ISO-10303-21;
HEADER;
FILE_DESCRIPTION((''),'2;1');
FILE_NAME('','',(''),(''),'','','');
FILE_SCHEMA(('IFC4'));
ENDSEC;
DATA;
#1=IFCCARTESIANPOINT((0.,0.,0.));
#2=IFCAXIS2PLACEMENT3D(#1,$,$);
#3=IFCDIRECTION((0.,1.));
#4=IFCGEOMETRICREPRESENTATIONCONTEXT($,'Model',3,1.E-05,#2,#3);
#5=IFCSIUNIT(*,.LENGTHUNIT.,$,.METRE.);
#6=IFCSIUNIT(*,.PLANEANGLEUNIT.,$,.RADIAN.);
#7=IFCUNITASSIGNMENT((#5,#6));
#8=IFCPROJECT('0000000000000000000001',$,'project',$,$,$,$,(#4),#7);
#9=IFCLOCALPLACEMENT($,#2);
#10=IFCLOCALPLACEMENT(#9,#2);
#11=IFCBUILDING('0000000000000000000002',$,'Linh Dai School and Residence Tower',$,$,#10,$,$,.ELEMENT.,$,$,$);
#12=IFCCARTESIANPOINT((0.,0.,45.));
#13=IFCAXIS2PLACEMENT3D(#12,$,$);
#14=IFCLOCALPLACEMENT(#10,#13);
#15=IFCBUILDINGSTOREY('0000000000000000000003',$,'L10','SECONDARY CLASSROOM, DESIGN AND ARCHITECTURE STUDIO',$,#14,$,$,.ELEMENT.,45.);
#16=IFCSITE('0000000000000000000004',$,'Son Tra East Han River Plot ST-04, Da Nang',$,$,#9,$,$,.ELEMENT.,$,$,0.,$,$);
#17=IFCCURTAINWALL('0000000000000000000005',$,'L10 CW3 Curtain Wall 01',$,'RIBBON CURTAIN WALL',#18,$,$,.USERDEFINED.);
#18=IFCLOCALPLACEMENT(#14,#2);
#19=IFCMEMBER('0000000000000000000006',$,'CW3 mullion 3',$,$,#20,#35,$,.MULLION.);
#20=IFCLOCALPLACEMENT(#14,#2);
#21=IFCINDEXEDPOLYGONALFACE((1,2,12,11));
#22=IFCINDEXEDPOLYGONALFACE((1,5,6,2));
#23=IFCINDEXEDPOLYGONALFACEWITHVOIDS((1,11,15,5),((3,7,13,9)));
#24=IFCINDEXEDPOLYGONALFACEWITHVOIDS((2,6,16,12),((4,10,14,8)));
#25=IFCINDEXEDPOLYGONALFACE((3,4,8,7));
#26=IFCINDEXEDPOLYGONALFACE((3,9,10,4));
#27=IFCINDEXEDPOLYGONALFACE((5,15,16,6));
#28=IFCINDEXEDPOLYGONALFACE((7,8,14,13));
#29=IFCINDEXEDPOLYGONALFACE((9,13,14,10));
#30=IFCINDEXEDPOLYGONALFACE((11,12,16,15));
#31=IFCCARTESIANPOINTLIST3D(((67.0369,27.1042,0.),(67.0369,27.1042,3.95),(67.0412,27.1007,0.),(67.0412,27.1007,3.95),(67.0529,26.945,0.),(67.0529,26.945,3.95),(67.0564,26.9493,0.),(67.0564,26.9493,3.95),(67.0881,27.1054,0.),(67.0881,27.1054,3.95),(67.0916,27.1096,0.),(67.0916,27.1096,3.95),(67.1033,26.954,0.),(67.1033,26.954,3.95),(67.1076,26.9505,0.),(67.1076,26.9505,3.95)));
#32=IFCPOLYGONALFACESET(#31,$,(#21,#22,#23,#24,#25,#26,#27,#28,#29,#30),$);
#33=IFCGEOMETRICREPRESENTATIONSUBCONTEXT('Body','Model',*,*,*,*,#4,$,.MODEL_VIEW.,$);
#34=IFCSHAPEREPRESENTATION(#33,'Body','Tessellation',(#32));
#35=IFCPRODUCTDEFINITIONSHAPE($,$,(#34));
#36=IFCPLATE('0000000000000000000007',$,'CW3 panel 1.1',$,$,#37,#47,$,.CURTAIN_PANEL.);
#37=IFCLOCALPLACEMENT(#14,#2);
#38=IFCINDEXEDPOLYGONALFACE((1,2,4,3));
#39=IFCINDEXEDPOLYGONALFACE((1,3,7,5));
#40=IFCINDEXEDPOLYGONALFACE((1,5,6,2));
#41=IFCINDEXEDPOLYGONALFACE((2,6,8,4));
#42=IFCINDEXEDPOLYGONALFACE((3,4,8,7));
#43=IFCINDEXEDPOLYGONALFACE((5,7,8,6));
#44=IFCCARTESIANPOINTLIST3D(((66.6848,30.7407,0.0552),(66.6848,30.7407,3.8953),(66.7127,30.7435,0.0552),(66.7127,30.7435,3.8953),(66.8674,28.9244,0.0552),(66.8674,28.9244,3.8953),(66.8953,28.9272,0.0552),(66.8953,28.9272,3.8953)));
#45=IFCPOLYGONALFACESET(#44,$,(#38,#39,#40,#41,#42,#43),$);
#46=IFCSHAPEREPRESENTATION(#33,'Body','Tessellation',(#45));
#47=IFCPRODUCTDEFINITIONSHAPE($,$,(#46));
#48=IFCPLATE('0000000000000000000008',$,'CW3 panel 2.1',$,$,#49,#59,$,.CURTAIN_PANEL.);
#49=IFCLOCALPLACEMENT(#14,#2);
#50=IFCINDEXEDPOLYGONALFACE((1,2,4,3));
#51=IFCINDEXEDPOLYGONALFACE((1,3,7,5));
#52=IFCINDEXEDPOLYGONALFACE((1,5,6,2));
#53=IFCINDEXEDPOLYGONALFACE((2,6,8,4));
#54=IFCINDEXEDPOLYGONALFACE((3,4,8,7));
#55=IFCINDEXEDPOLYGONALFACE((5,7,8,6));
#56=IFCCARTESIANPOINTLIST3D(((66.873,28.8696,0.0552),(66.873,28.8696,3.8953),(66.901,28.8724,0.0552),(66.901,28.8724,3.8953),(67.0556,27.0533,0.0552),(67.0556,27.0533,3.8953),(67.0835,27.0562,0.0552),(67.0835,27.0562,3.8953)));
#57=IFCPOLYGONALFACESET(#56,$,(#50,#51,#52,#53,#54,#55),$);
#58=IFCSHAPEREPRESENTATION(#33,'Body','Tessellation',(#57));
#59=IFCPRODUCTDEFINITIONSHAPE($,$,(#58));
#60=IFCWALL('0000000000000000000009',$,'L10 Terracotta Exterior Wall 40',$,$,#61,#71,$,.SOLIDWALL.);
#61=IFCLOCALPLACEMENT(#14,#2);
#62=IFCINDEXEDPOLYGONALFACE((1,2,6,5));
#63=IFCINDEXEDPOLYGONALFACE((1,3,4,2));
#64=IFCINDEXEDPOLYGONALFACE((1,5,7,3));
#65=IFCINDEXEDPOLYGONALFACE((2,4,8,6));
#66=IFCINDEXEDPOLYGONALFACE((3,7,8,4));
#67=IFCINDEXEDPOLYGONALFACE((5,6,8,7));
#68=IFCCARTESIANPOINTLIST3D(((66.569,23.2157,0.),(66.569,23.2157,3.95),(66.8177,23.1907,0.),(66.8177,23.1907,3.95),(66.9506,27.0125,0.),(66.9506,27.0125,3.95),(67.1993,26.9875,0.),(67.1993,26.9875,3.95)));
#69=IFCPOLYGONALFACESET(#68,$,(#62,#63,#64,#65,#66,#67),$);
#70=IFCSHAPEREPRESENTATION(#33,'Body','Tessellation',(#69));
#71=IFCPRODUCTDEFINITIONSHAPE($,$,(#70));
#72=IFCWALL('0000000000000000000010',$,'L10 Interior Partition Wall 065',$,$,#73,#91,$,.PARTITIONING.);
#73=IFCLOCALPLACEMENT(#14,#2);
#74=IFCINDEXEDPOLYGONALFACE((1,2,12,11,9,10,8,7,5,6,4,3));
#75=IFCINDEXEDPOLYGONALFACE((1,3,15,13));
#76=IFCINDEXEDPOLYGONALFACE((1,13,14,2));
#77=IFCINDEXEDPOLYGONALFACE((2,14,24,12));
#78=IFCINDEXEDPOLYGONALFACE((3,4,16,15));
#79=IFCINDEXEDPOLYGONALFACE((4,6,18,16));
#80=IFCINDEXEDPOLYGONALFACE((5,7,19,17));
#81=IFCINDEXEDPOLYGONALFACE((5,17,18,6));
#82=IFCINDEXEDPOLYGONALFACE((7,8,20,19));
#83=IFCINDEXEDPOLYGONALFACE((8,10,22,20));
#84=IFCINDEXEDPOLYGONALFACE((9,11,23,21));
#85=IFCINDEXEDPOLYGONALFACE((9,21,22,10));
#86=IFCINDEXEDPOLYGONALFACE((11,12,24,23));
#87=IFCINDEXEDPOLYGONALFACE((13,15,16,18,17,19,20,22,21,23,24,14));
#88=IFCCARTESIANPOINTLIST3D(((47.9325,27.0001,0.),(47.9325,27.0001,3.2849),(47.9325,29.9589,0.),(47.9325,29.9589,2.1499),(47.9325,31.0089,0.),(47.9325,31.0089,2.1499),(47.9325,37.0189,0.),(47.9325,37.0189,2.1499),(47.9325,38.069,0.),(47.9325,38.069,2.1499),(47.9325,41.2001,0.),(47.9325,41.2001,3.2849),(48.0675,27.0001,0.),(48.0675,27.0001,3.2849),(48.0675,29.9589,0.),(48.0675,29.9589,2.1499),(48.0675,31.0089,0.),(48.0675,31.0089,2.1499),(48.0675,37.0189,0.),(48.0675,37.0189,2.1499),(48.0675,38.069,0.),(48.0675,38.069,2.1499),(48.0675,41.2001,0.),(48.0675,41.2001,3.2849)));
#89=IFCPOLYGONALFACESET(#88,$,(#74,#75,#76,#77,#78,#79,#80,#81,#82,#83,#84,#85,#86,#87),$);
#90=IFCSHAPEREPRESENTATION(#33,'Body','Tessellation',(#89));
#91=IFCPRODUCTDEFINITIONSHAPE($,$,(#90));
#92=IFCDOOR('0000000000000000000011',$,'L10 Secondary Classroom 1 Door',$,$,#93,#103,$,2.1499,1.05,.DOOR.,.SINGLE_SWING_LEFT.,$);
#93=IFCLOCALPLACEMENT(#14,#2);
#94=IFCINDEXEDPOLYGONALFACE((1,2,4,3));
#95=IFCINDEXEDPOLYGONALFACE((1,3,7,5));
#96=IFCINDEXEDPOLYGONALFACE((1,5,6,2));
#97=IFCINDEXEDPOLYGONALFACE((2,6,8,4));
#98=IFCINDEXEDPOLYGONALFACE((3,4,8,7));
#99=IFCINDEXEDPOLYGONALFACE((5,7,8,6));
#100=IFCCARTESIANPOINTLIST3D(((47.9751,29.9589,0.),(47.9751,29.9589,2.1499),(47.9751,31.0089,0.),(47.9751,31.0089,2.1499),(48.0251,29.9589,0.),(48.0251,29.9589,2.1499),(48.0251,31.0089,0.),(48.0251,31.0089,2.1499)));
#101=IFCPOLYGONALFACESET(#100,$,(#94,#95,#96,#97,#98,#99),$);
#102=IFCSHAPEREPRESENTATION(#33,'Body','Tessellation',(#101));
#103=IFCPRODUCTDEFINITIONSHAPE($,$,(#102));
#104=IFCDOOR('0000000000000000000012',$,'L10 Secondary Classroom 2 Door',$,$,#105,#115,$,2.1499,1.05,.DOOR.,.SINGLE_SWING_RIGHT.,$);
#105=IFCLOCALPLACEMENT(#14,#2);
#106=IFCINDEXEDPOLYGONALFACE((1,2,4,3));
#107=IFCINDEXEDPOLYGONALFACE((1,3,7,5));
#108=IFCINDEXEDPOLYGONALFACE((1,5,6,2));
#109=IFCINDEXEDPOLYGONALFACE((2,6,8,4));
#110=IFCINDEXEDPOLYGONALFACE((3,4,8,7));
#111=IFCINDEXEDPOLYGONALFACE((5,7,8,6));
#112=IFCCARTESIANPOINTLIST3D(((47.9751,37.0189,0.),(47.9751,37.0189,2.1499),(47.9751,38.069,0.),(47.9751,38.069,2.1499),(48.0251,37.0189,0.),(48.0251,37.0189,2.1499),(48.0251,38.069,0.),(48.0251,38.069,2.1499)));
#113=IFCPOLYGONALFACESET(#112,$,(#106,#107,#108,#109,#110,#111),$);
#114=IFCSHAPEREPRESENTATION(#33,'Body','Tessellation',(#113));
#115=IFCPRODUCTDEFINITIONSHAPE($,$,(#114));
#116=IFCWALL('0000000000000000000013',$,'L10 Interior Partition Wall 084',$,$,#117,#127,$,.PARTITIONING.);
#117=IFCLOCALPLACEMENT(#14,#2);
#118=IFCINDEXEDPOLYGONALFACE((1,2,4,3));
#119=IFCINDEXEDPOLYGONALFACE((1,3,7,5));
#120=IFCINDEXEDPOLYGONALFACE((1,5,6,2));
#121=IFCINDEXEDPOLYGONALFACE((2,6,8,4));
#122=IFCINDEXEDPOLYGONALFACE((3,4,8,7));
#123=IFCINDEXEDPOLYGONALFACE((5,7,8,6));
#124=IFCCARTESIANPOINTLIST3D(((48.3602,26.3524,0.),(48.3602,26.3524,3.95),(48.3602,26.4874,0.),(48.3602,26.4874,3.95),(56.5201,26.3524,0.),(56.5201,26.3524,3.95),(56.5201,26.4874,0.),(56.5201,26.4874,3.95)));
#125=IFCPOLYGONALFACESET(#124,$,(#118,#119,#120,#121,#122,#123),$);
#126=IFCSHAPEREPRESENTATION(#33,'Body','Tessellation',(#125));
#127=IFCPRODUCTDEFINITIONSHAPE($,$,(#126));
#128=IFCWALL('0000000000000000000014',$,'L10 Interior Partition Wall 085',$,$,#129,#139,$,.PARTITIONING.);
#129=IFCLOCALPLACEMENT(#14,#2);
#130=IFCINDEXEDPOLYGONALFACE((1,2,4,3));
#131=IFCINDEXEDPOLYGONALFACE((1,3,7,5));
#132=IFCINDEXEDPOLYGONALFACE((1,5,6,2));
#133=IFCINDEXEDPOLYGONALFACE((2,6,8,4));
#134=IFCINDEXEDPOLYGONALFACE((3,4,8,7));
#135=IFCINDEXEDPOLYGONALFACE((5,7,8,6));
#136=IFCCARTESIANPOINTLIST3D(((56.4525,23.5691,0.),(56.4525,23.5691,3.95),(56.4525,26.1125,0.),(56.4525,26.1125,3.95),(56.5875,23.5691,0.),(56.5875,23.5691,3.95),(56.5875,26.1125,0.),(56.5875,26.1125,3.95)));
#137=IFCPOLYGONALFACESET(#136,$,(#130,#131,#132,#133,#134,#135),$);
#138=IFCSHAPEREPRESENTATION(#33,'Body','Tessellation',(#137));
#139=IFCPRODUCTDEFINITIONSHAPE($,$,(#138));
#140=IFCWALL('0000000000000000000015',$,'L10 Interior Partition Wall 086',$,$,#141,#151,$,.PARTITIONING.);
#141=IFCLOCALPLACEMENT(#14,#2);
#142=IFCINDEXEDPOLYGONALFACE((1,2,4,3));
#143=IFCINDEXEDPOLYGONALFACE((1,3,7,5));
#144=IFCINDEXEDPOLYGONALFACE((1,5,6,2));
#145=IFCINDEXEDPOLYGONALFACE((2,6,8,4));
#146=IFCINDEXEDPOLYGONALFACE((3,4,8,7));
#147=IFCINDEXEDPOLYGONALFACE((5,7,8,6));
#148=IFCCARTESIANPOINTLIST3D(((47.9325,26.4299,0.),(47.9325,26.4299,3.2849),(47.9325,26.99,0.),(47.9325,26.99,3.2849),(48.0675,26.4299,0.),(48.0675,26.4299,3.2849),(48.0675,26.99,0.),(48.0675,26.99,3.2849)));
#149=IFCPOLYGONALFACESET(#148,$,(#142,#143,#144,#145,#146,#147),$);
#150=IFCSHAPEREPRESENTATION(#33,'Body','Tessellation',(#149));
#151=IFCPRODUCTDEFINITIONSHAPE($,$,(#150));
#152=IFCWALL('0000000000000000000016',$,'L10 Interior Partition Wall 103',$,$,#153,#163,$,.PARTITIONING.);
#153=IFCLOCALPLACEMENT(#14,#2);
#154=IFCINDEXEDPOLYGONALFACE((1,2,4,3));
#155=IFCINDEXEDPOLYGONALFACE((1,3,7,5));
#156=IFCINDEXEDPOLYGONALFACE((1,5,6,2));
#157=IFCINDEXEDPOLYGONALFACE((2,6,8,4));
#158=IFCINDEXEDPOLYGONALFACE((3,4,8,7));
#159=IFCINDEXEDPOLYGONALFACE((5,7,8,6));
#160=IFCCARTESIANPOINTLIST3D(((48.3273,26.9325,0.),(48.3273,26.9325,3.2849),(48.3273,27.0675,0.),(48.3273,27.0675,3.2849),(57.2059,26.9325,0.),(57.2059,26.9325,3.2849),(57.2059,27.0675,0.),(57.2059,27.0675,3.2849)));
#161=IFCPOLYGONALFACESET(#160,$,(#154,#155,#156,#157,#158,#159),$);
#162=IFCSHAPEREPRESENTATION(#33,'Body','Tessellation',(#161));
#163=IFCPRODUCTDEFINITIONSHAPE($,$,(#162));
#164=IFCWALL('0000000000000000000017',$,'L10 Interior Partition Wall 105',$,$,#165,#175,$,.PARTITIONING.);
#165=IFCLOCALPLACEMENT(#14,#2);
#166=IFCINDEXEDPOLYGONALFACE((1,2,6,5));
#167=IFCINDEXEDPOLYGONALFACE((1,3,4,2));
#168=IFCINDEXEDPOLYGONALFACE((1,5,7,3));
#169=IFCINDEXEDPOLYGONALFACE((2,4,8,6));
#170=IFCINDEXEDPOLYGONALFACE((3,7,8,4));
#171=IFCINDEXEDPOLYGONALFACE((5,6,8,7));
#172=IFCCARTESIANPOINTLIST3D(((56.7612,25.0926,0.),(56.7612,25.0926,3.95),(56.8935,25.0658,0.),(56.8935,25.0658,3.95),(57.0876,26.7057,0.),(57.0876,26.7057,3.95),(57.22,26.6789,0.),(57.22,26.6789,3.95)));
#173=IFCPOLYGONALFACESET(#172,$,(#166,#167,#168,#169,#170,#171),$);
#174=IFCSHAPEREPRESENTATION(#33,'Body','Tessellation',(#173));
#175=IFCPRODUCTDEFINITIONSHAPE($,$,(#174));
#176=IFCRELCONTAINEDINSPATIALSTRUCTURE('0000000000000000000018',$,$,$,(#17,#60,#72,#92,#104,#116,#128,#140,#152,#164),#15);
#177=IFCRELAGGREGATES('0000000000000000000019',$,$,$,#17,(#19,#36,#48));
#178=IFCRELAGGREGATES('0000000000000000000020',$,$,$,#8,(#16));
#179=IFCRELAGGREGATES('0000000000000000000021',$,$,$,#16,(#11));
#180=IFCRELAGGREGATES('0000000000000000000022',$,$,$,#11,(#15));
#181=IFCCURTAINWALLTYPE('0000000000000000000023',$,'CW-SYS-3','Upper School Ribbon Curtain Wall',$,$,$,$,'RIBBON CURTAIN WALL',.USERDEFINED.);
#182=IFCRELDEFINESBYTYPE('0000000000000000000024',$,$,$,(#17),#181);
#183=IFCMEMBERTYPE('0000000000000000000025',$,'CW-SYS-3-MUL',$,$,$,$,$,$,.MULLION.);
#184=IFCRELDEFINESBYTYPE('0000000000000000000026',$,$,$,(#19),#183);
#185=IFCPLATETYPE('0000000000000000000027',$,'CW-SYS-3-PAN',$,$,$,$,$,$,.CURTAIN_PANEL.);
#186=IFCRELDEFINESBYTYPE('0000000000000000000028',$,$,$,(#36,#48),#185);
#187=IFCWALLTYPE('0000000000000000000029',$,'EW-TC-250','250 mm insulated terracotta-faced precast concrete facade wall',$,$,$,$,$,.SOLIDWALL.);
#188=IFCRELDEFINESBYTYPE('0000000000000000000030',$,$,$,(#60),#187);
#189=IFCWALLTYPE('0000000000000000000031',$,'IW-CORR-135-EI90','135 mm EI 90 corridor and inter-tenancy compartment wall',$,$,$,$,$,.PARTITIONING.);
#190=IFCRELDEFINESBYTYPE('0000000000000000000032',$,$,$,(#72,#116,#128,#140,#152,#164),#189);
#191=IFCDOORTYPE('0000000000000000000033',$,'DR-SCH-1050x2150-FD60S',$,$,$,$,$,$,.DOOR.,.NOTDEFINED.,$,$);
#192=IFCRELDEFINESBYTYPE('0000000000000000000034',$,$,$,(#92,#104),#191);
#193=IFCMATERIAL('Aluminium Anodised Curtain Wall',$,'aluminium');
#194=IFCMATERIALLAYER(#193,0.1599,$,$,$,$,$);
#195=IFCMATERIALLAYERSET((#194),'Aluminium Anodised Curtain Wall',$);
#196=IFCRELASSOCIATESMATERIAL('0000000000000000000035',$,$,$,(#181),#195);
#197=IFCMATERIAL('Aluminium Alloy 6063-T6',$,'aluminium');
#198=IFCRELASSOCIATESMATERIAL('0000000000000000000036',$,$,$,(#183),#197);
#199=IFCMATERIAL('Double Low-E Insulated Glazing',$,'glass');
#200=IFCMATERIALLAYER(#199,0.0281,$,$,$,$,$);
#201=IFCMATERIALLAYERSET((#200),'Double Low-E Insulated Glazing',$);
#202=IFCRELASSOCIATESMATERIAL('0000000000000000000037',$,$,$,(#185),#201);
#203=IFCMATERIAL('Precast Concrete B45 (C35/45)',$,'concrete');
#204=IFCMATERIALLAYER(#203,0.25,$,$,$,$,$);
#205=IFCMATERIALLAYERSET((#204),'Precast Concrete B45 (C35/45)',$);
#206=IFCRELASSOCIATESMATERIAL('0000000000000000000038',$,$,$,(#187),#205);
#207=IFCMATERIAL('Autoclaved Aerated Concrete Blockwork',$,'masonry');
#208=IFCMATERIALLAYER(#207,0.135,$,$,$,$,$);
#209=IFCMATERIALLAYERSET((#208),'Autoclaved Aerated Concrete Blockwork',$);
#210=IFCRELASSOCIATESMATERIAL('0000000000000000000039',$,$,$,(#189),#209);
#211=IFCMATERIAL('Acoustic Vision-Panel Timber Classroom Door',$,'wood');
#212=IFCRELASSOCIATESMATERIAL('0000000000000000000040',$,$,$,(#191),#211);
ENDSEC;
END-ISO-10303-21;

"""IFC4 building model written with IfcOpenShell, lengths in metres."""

from ifc_helpers import new_model, si_unit, direction, frame, frame_2d, origin, origin_2d, place, context, subcontext, project, spatial, rectangle, hollow_rectangle, extrude, source, transform, mapped, material, layer, layer_set, material_profile, profile_set, type_object, element, fill, aggregate, save


model = new_model("IFC4")

# Units and contexts
model_context = context("Model", 3, precision=1e-05, world=origin(), true_north=direction((0.0, 1.0)))
body_context = subcontext(model_context, "Body", "Model", "MODEL_VIEW")
ifc_project = project(units=[si_unit("LENGTHUNIT", "METRE"), si_unit("PLANEANGLEUNIT", "RADIAN")], contexts=[model_context])

# Site, building, storey
site_placement = place(None, origin())
site = spatial("IfcSite", under=ifc_project, at=site_placement, Name="Son Tra East Han River Plot ST-04, Da Nang", CompositionType="ELEMENT", RefElevation=0.0)
building_placement = place(site_placement, origin())
building = spatial("IfcBuilding", under=site, at=building_placement, Name="Linh Dai School and Residence Tower", CompositionType="ELEMENT")
storey_placement = place(building_placement, frame((0.0, 0.0, 45.0)))
storey = spatial("IfcBuildingStorey", under=building, at=storey_placement, Name="L10", Description="SECONDARY CLASSROOM, DESIGN AND ARCHITECTURE STUDIO", CompositionType="ELEMENT", Elevation=45.0)

# Curtain wall, member, plates
ifc_material_1 = material(Name="Aluminium Anodised Curtain Wall", Category="aluminium")
ifc_layer_1 = layer(ifc_material_1, 0.1599)
ifc_layer_set_1 = layer_set([ifc_layer_1], Name="Aluminium Anodised Curtain Wall")
curtain_wall_type = type_object("IfcCurtainWallType", Name="CW-SYS-3", Description="Upper School Ribbon Curtain Wall", ElementType="RIBBON CURTAIN WALL", PredefinedType="USERDEFINED", material=ifc_layer_set_1)
curtain_wall_placement = place(storey_placement, origin())
curtain_wall = element("IfcCurtainWall", 1, at=curtain_wall_placement, inside=storey, type_object=curtain_wall_type, Name="L10 CW3 Curtain Wall 01", ObjectType="RIBBON CURTAIN WALL", PredefinedType="USERDEFINED")
ifc_material_2 = material(Name="Aluminium Alloy 6063-T6", Category="aluminium")
ifc_material_profile_1 = material_profile(ifc_material_2, hollow_rectangle(XDim=0.0549, YDim=0.1599, WallThickness=0.0039, at=origin_2d()), Name="RHS 160x55x4")
ifc_profile_set_1 = profile_set([ifc_material_profile_1], Name="Aluminium Alloy 6063-T6")
member_type_1 = type_object("IfcMemberType", Name="CW-SYS-3-MUL", PredefinedType="MULLION", material=ifc_profile_set_1)
shared_shape_1 = source(origin(), body_context, "Body", "SweptSolid", [
    extrude(hollow_rectangle(XDim=0.0549, YDim=0.1599, WallThickness=0.0039, at=origin_2d()), origin(), (0.0, 0.0, 1.0), 3.95),
])
member_1_placement = place(storey_placement, frame((67.0723, 27.0273, 0.0), z_axis=(0.0, 0.0, 1.0), x_axis=(0.994986, 0.100009, 0.0)))
member_1 = element("IfcMember", 2, at=member_1_placement, type_object=member_type_1, Name="CW3 mullion 3", PredefinedType="MULLION", context=body_context, shape_type="MappedRepresentation", body=[
    mapped(shared_shape_1, transform((0.0, 0.0, 0.0), x_axis=(1.0, 0.0, 0.0), y_axis=(0.0, 1.0, 0.0), z_axis=(0.0, 0.0, 1.0), scale=1.0)),
])
ifc_material_3 = material(Name="Double Low-E Insulated Glazing", Category="glass")
ifc_layer_2 = layer(ifc_material_3, 0.0281)
ifc_layer_set_2 = layer_set([ifc_layer_2], Name="Double Low-E Insulated Glazing")
plate_type = type_object("IfcPlateType", Name="CW-SYS-3-PAN", PredefinedType="CURTAIN_PANEL", material=ifc_layer_set_2)
shared_shape_2 = source(origin(), body_context, "Body", "SweptSolid", [
    extrude(rectangle(XDim=1.8254, YDim=0.0281, at=origin_2d()), origin(), (0.0, 0.0, 1.0), 3.8401),
])
plate_1_placement = place(storey_placement, frame((66.79, 29.834, 0.0552), z_axis=(0.0, 0.0, 1.0), x_axis=(0.100009, -0.994986, 0.0)))
plate_1 = element("IfcPlate", 3, at=plate_1_placement, type_object=plate_type, Name="CW3 panel 1.1", PredefinedType="CURTAIN_PANEL", context=body_context, shape_type="MappedRepresentation", body=[
    mapped(shared_shape_2, transform((0.0, 0.0, 0.0), x_axis=(1.0, 0.0, 0.0), y_axis=(0.0, 1.0, 0.0), z_axis=(0.0, 0.0, 1.0), scale=1.0)),
])
plate_2_placement = place(storey_placement, frame((66.9783, 27.9629, 0.0552), z_axis=(0.0, 0.0, 1.0), x_axis=(0.100009, -0.994986, 0.0)))
plate_2 = element("IfcPlate", 4, at=plate_2_placement, type_object=plate_type, Name="CW3 panel 2.1", PredefinedType="CURTAIN_PANEL", context=body_context, shape_type="MappedRepresentation", body=[
    mapped(shared_shape_2, transform((0.0, 0.0, 0.0), x_axis=(1.0, 0.0, 0.0), y_axis=(0.0, 1.0, 0.0), z_axis=(0.0, 0.0, 1.0), scale=1.0)),
])
aggregate(curtain_wall, [member_1, plate_1, plate_2])

# Wall
ifc_material_4 = material(Name="Precast Concrete B45 (C35/45)", Category="concrete")
ifc_layer_3 = layer(ifc_material_4, 0.25)
ifc_layer_set_3 = layer_set([ifc_layer_3], Name="Precast Concrete B45 (C35/45)")
wall_type_1 = type_object("IfcWallType", Name="EW-TC-250", Description="250 mm insulated terracotta-faced precast concrete facade wall", PredefinedType="SOLIDWALL", material=ifc_layer_set_3)
wall_1_placement = place(storey_placement, frame((67.075, 27.0, 0.0), z_axis=(0.0, 0.0, 1.0), x_axis=(-0.099998, -0.994988, 0.0)))
element("IfcWall", 5, at=wall_1_placement, inside=storey, type_object=wall_type_1, Name="L10 Terracotta Exterior Wall 40", PredefinedType="SOLIDWALL", context=body_context, shape_type="SweptSolid", body=[
    extrude(rectangle(XDim=3.8159, YDim=0.25, at=frame_2d((1.908, 0.0))), origin(), (0.0, 0.0, 1.0), 3.95),
])

# Wall, openings, doors
ifc_material_5 = material(Name="Autoclaved Aerated Concrete Blockwork", Category="masonry")
ifc_layer_4 = layer(ifc_material_5, 0.135)
ifc_layer_set_4 = layer_set([ifc_layer_4], Name="Autoclaved Aerated Concrete Blockwork")
wall_type_2 = type_object("IfcWallType", Name="IW-CORR-135-EI90", Description="135 mm EI 90 corridor and inter-tenancy compartment wall", PredefinedType="PARTITIONING", material=ifc_layer_set_4)
wall_2_placement = place(storey_placement, frame((48.0, 27.0, 0.0), z_axis=(0.0, 0.0, 1.0), x_axis=(0.0, 1.0, 0.0)))
wall_2 = element("IfcWall", 6, at=wall_2_placement, inside=storey, type_object=wall_type_2, Name="L10 Interior Partition Wall 065", PredefinedType="PARTITIONING", context=body_context, shape_type="SweptSolid", body=[
    extrude(rectangle(XDim=14.2, YDim=0.135, at=frame_2d((7.1001, 0.0))), origin(), (0.0, 0.0, 1.0), 3.2849),
])
opening_1_placement = place(wall_2_placement, frame((2.959, 0.0, 0.0)))
opening_1 = element("IfcOpeningElement", 7, at=opening_1_placement, cuts=wall_2, PredefinedType="OPENING", context=body_context, shape_type="SweptSolid", body=[
    extrude(rectangle(XDim=1.05, YDim=2.1499, at=origin_2d()), frame((0.5249, 0.0776, 1.075), z_axis=(0.0, -1.0, 0.0), x_axis=(1.0, 0.0, 0.0)), (0.0, 0.0, 1.0), 0.155),
])
opening_2_placement = place(wall_2_placement, frame((10.019, 0.0, 0.0)))
opening_2 = element("IfcOpeningElement", 8, at=opening_2_placement, cuts=wall_2, PredefinedType="OPENING", context=body_context, shape_type="SweptSolid", body=[
    extrude(rectangle(XDim=1.05, YDim=2.1499, at=origin_2d()), frame((0.5249, 0.0776, 1.075), z_axis=(0.0, -1.0, 0.0), x_axis=(1.0, 0.0, 0.0)), (0.0, 0.0, 1.0), 0.155),
])
ifc_material_6 = material(Name="Acoustic Vision-Panel Timber Classroom Door", Category="wood")
door_type = type_object("IfcDoorType", Name="DR-SCH-1050x2150-FD60S", OperationType="NOTDEFINED", PredefinedType="DOOR", material=ifc_material_6)
shared_shape_3 = source(origin(), body_context, "Body", "SweptSolid", [
    extrude(rectangle(XDim=1.05, YDim=2.1499, at=origin_2d()), frame((0.5249, 0.0249, 1.075), z_axis=(0.0, -1.0, 0.0), x_axis=(1.0, 0.0, 0.0)), (0.0, 0.0, 1.0), 0.05),
])
door_1_placement = place(opening_1_placement, origin())
door_1 = element("IfcDoor", 9, at=door_1_placement, inside=storey, type_object=door_type, Name="L10 Secondary Classroom 1 Door", OperationType="SINGLE_SWING_LEFT", OverallHeight=2.1499, OverallWidth=1.05, PredefinedType="DOOR", context=body_context, shape_type="MappedRepresentation", body=[
    mapped(shared_shape_3, transform((0.0, 0.0, 0.0), x_axis=(1.0, 0.0, 0.0), y_axis=(0.0, 1.0, 0.0), z_axis=(0.0, 0.0, 1.0), scale=1.0)),
])
fill(opening_1, door_1)
door_2_placement = place(opening_2_placement, origin())
door_2 = element("IfcDoor", 10, at=door_2_placement, inside=storey, type_object=door_type, Name="L10 Secondary Classroom 2 Door", OperationType="SINGLE_SWING_RIGHT", OverallHeight=2.1499, OverallWidth=1.05, PredefinedType="DOOR", context=body_context, shape_type="MappedRepresentation", body=[
    mapped(shared_shape_3, transform((0.0, 0.0, 0.0), x_axis=(1.0, 0.0, 0.0), y_axis=(0.0, 1.0, 0.0), z_axis=(0.0, 0.0, 1.0), scale=1.0)),
])
fill(opening_2, door_2)

# Walls
wall_3_placement = place(storey_placement, frame((48.3601, 26.4199, 0.0), z_axis=(0.0, 0.0, 1.0), x_axis=(1.0, 0.0, 0.0)))
element("IfcWall", 11, at=wall_3_placement, inside=storey, type_object=wall_type_2, Name="L10 Interior Partition Wall 084", PredefinedType="PARTITIONING", context=body_context, shape_type="SweptSolid", body=[
    extrude(rectangle(XDim=8.1599, YDim=0.135, at=frame_2d((4.0801, 0.0))), origin(), (0.0, 0.0, 1.0), 3.95),
])
wall_4_placement = place(storey_placement, frame((56.52, 26.1125, 0.0), z_axis=(0.0, 0.0, 1.0), x_axis=(0.0, -1.0, 0.0)))
element("IfcWall", 12, at=wall_4_placement, inside=storey, type_object=wall_type_2, Name="L10 Interior Partition Wall 085", PredefinedType="PARTITIONING", context=body_context, shape_type="SweptSolid", body=[
    extrude(rectangle(XDim=2.5435, YDim=0.135, at=frame_2d((1.2717, 0.0))), origin(), (0.0, 0.0, 1.0), 3.95),
])
wall_5_placement = place(storey_placement, frame((48.0, 26.99, 0.0), z_axis=(0.0, 0.0, 1.0), x_axis=(0.0, -1.0, 0.0)))
element("IfcWall", 13, at=wall_5_placement, inside=storey, type_object=wall_type_2, Name="L10 Interior Partition Wall 086", PredefinedType="PARTITIONING", context=body_context, shape_type="SweptSolid", body=[
    extrude(rectangle(XDim=0.5601, YDim=0.135, at=frame_2d((0.28, 0.0))), origin(), (0.0, 0.0, 1.0), 3.2849),
])
wall_6_placement = place(storey_placement, frame((57.2061, 27.0, 0.0), z_axis=(0.0, 0.0, 1.0), x_axis=(-1.0, 0.0, 0.0)))
element("IfcWall", 14, at=wall_6_placement, inside=storey, type_object=wall_type_2, Name="L10 Interior Partition Wall 103", PredefinedType="PARTITIONING", context=body_context, shape_type="SweptSolid", body=[
    extrude(rectangle(XDim=8.8787, YDim=0.135, at=frame_2d((4.4395, 0.0))), origin(), (0.0, 0.0, 1.0), 3.2849),
])
wall_7_placement = place(storey_placement, frame((56.8274, 25.0793, 0.0), z_axis=(0.0, 0.0, 1.0), x_axis=(0.198341, 0.980133, 0.0)))
element("IfcWall", 15, at=wall_7_placement, inside=storey, type_object=wall_type_2, Name="L10 Interior Partition Wall 105", PredefinedType="PARTITIONING", context=body_context, shape_type="SweptSolid", body=[
    extrude(rectangle(XDim=1.6458, YDim=0.135, at=frame_2d((0.8228, 0.0))), origin(), (0.0, 0.0, 1.0), 3.95),
])

save(model, "model.ifc")
